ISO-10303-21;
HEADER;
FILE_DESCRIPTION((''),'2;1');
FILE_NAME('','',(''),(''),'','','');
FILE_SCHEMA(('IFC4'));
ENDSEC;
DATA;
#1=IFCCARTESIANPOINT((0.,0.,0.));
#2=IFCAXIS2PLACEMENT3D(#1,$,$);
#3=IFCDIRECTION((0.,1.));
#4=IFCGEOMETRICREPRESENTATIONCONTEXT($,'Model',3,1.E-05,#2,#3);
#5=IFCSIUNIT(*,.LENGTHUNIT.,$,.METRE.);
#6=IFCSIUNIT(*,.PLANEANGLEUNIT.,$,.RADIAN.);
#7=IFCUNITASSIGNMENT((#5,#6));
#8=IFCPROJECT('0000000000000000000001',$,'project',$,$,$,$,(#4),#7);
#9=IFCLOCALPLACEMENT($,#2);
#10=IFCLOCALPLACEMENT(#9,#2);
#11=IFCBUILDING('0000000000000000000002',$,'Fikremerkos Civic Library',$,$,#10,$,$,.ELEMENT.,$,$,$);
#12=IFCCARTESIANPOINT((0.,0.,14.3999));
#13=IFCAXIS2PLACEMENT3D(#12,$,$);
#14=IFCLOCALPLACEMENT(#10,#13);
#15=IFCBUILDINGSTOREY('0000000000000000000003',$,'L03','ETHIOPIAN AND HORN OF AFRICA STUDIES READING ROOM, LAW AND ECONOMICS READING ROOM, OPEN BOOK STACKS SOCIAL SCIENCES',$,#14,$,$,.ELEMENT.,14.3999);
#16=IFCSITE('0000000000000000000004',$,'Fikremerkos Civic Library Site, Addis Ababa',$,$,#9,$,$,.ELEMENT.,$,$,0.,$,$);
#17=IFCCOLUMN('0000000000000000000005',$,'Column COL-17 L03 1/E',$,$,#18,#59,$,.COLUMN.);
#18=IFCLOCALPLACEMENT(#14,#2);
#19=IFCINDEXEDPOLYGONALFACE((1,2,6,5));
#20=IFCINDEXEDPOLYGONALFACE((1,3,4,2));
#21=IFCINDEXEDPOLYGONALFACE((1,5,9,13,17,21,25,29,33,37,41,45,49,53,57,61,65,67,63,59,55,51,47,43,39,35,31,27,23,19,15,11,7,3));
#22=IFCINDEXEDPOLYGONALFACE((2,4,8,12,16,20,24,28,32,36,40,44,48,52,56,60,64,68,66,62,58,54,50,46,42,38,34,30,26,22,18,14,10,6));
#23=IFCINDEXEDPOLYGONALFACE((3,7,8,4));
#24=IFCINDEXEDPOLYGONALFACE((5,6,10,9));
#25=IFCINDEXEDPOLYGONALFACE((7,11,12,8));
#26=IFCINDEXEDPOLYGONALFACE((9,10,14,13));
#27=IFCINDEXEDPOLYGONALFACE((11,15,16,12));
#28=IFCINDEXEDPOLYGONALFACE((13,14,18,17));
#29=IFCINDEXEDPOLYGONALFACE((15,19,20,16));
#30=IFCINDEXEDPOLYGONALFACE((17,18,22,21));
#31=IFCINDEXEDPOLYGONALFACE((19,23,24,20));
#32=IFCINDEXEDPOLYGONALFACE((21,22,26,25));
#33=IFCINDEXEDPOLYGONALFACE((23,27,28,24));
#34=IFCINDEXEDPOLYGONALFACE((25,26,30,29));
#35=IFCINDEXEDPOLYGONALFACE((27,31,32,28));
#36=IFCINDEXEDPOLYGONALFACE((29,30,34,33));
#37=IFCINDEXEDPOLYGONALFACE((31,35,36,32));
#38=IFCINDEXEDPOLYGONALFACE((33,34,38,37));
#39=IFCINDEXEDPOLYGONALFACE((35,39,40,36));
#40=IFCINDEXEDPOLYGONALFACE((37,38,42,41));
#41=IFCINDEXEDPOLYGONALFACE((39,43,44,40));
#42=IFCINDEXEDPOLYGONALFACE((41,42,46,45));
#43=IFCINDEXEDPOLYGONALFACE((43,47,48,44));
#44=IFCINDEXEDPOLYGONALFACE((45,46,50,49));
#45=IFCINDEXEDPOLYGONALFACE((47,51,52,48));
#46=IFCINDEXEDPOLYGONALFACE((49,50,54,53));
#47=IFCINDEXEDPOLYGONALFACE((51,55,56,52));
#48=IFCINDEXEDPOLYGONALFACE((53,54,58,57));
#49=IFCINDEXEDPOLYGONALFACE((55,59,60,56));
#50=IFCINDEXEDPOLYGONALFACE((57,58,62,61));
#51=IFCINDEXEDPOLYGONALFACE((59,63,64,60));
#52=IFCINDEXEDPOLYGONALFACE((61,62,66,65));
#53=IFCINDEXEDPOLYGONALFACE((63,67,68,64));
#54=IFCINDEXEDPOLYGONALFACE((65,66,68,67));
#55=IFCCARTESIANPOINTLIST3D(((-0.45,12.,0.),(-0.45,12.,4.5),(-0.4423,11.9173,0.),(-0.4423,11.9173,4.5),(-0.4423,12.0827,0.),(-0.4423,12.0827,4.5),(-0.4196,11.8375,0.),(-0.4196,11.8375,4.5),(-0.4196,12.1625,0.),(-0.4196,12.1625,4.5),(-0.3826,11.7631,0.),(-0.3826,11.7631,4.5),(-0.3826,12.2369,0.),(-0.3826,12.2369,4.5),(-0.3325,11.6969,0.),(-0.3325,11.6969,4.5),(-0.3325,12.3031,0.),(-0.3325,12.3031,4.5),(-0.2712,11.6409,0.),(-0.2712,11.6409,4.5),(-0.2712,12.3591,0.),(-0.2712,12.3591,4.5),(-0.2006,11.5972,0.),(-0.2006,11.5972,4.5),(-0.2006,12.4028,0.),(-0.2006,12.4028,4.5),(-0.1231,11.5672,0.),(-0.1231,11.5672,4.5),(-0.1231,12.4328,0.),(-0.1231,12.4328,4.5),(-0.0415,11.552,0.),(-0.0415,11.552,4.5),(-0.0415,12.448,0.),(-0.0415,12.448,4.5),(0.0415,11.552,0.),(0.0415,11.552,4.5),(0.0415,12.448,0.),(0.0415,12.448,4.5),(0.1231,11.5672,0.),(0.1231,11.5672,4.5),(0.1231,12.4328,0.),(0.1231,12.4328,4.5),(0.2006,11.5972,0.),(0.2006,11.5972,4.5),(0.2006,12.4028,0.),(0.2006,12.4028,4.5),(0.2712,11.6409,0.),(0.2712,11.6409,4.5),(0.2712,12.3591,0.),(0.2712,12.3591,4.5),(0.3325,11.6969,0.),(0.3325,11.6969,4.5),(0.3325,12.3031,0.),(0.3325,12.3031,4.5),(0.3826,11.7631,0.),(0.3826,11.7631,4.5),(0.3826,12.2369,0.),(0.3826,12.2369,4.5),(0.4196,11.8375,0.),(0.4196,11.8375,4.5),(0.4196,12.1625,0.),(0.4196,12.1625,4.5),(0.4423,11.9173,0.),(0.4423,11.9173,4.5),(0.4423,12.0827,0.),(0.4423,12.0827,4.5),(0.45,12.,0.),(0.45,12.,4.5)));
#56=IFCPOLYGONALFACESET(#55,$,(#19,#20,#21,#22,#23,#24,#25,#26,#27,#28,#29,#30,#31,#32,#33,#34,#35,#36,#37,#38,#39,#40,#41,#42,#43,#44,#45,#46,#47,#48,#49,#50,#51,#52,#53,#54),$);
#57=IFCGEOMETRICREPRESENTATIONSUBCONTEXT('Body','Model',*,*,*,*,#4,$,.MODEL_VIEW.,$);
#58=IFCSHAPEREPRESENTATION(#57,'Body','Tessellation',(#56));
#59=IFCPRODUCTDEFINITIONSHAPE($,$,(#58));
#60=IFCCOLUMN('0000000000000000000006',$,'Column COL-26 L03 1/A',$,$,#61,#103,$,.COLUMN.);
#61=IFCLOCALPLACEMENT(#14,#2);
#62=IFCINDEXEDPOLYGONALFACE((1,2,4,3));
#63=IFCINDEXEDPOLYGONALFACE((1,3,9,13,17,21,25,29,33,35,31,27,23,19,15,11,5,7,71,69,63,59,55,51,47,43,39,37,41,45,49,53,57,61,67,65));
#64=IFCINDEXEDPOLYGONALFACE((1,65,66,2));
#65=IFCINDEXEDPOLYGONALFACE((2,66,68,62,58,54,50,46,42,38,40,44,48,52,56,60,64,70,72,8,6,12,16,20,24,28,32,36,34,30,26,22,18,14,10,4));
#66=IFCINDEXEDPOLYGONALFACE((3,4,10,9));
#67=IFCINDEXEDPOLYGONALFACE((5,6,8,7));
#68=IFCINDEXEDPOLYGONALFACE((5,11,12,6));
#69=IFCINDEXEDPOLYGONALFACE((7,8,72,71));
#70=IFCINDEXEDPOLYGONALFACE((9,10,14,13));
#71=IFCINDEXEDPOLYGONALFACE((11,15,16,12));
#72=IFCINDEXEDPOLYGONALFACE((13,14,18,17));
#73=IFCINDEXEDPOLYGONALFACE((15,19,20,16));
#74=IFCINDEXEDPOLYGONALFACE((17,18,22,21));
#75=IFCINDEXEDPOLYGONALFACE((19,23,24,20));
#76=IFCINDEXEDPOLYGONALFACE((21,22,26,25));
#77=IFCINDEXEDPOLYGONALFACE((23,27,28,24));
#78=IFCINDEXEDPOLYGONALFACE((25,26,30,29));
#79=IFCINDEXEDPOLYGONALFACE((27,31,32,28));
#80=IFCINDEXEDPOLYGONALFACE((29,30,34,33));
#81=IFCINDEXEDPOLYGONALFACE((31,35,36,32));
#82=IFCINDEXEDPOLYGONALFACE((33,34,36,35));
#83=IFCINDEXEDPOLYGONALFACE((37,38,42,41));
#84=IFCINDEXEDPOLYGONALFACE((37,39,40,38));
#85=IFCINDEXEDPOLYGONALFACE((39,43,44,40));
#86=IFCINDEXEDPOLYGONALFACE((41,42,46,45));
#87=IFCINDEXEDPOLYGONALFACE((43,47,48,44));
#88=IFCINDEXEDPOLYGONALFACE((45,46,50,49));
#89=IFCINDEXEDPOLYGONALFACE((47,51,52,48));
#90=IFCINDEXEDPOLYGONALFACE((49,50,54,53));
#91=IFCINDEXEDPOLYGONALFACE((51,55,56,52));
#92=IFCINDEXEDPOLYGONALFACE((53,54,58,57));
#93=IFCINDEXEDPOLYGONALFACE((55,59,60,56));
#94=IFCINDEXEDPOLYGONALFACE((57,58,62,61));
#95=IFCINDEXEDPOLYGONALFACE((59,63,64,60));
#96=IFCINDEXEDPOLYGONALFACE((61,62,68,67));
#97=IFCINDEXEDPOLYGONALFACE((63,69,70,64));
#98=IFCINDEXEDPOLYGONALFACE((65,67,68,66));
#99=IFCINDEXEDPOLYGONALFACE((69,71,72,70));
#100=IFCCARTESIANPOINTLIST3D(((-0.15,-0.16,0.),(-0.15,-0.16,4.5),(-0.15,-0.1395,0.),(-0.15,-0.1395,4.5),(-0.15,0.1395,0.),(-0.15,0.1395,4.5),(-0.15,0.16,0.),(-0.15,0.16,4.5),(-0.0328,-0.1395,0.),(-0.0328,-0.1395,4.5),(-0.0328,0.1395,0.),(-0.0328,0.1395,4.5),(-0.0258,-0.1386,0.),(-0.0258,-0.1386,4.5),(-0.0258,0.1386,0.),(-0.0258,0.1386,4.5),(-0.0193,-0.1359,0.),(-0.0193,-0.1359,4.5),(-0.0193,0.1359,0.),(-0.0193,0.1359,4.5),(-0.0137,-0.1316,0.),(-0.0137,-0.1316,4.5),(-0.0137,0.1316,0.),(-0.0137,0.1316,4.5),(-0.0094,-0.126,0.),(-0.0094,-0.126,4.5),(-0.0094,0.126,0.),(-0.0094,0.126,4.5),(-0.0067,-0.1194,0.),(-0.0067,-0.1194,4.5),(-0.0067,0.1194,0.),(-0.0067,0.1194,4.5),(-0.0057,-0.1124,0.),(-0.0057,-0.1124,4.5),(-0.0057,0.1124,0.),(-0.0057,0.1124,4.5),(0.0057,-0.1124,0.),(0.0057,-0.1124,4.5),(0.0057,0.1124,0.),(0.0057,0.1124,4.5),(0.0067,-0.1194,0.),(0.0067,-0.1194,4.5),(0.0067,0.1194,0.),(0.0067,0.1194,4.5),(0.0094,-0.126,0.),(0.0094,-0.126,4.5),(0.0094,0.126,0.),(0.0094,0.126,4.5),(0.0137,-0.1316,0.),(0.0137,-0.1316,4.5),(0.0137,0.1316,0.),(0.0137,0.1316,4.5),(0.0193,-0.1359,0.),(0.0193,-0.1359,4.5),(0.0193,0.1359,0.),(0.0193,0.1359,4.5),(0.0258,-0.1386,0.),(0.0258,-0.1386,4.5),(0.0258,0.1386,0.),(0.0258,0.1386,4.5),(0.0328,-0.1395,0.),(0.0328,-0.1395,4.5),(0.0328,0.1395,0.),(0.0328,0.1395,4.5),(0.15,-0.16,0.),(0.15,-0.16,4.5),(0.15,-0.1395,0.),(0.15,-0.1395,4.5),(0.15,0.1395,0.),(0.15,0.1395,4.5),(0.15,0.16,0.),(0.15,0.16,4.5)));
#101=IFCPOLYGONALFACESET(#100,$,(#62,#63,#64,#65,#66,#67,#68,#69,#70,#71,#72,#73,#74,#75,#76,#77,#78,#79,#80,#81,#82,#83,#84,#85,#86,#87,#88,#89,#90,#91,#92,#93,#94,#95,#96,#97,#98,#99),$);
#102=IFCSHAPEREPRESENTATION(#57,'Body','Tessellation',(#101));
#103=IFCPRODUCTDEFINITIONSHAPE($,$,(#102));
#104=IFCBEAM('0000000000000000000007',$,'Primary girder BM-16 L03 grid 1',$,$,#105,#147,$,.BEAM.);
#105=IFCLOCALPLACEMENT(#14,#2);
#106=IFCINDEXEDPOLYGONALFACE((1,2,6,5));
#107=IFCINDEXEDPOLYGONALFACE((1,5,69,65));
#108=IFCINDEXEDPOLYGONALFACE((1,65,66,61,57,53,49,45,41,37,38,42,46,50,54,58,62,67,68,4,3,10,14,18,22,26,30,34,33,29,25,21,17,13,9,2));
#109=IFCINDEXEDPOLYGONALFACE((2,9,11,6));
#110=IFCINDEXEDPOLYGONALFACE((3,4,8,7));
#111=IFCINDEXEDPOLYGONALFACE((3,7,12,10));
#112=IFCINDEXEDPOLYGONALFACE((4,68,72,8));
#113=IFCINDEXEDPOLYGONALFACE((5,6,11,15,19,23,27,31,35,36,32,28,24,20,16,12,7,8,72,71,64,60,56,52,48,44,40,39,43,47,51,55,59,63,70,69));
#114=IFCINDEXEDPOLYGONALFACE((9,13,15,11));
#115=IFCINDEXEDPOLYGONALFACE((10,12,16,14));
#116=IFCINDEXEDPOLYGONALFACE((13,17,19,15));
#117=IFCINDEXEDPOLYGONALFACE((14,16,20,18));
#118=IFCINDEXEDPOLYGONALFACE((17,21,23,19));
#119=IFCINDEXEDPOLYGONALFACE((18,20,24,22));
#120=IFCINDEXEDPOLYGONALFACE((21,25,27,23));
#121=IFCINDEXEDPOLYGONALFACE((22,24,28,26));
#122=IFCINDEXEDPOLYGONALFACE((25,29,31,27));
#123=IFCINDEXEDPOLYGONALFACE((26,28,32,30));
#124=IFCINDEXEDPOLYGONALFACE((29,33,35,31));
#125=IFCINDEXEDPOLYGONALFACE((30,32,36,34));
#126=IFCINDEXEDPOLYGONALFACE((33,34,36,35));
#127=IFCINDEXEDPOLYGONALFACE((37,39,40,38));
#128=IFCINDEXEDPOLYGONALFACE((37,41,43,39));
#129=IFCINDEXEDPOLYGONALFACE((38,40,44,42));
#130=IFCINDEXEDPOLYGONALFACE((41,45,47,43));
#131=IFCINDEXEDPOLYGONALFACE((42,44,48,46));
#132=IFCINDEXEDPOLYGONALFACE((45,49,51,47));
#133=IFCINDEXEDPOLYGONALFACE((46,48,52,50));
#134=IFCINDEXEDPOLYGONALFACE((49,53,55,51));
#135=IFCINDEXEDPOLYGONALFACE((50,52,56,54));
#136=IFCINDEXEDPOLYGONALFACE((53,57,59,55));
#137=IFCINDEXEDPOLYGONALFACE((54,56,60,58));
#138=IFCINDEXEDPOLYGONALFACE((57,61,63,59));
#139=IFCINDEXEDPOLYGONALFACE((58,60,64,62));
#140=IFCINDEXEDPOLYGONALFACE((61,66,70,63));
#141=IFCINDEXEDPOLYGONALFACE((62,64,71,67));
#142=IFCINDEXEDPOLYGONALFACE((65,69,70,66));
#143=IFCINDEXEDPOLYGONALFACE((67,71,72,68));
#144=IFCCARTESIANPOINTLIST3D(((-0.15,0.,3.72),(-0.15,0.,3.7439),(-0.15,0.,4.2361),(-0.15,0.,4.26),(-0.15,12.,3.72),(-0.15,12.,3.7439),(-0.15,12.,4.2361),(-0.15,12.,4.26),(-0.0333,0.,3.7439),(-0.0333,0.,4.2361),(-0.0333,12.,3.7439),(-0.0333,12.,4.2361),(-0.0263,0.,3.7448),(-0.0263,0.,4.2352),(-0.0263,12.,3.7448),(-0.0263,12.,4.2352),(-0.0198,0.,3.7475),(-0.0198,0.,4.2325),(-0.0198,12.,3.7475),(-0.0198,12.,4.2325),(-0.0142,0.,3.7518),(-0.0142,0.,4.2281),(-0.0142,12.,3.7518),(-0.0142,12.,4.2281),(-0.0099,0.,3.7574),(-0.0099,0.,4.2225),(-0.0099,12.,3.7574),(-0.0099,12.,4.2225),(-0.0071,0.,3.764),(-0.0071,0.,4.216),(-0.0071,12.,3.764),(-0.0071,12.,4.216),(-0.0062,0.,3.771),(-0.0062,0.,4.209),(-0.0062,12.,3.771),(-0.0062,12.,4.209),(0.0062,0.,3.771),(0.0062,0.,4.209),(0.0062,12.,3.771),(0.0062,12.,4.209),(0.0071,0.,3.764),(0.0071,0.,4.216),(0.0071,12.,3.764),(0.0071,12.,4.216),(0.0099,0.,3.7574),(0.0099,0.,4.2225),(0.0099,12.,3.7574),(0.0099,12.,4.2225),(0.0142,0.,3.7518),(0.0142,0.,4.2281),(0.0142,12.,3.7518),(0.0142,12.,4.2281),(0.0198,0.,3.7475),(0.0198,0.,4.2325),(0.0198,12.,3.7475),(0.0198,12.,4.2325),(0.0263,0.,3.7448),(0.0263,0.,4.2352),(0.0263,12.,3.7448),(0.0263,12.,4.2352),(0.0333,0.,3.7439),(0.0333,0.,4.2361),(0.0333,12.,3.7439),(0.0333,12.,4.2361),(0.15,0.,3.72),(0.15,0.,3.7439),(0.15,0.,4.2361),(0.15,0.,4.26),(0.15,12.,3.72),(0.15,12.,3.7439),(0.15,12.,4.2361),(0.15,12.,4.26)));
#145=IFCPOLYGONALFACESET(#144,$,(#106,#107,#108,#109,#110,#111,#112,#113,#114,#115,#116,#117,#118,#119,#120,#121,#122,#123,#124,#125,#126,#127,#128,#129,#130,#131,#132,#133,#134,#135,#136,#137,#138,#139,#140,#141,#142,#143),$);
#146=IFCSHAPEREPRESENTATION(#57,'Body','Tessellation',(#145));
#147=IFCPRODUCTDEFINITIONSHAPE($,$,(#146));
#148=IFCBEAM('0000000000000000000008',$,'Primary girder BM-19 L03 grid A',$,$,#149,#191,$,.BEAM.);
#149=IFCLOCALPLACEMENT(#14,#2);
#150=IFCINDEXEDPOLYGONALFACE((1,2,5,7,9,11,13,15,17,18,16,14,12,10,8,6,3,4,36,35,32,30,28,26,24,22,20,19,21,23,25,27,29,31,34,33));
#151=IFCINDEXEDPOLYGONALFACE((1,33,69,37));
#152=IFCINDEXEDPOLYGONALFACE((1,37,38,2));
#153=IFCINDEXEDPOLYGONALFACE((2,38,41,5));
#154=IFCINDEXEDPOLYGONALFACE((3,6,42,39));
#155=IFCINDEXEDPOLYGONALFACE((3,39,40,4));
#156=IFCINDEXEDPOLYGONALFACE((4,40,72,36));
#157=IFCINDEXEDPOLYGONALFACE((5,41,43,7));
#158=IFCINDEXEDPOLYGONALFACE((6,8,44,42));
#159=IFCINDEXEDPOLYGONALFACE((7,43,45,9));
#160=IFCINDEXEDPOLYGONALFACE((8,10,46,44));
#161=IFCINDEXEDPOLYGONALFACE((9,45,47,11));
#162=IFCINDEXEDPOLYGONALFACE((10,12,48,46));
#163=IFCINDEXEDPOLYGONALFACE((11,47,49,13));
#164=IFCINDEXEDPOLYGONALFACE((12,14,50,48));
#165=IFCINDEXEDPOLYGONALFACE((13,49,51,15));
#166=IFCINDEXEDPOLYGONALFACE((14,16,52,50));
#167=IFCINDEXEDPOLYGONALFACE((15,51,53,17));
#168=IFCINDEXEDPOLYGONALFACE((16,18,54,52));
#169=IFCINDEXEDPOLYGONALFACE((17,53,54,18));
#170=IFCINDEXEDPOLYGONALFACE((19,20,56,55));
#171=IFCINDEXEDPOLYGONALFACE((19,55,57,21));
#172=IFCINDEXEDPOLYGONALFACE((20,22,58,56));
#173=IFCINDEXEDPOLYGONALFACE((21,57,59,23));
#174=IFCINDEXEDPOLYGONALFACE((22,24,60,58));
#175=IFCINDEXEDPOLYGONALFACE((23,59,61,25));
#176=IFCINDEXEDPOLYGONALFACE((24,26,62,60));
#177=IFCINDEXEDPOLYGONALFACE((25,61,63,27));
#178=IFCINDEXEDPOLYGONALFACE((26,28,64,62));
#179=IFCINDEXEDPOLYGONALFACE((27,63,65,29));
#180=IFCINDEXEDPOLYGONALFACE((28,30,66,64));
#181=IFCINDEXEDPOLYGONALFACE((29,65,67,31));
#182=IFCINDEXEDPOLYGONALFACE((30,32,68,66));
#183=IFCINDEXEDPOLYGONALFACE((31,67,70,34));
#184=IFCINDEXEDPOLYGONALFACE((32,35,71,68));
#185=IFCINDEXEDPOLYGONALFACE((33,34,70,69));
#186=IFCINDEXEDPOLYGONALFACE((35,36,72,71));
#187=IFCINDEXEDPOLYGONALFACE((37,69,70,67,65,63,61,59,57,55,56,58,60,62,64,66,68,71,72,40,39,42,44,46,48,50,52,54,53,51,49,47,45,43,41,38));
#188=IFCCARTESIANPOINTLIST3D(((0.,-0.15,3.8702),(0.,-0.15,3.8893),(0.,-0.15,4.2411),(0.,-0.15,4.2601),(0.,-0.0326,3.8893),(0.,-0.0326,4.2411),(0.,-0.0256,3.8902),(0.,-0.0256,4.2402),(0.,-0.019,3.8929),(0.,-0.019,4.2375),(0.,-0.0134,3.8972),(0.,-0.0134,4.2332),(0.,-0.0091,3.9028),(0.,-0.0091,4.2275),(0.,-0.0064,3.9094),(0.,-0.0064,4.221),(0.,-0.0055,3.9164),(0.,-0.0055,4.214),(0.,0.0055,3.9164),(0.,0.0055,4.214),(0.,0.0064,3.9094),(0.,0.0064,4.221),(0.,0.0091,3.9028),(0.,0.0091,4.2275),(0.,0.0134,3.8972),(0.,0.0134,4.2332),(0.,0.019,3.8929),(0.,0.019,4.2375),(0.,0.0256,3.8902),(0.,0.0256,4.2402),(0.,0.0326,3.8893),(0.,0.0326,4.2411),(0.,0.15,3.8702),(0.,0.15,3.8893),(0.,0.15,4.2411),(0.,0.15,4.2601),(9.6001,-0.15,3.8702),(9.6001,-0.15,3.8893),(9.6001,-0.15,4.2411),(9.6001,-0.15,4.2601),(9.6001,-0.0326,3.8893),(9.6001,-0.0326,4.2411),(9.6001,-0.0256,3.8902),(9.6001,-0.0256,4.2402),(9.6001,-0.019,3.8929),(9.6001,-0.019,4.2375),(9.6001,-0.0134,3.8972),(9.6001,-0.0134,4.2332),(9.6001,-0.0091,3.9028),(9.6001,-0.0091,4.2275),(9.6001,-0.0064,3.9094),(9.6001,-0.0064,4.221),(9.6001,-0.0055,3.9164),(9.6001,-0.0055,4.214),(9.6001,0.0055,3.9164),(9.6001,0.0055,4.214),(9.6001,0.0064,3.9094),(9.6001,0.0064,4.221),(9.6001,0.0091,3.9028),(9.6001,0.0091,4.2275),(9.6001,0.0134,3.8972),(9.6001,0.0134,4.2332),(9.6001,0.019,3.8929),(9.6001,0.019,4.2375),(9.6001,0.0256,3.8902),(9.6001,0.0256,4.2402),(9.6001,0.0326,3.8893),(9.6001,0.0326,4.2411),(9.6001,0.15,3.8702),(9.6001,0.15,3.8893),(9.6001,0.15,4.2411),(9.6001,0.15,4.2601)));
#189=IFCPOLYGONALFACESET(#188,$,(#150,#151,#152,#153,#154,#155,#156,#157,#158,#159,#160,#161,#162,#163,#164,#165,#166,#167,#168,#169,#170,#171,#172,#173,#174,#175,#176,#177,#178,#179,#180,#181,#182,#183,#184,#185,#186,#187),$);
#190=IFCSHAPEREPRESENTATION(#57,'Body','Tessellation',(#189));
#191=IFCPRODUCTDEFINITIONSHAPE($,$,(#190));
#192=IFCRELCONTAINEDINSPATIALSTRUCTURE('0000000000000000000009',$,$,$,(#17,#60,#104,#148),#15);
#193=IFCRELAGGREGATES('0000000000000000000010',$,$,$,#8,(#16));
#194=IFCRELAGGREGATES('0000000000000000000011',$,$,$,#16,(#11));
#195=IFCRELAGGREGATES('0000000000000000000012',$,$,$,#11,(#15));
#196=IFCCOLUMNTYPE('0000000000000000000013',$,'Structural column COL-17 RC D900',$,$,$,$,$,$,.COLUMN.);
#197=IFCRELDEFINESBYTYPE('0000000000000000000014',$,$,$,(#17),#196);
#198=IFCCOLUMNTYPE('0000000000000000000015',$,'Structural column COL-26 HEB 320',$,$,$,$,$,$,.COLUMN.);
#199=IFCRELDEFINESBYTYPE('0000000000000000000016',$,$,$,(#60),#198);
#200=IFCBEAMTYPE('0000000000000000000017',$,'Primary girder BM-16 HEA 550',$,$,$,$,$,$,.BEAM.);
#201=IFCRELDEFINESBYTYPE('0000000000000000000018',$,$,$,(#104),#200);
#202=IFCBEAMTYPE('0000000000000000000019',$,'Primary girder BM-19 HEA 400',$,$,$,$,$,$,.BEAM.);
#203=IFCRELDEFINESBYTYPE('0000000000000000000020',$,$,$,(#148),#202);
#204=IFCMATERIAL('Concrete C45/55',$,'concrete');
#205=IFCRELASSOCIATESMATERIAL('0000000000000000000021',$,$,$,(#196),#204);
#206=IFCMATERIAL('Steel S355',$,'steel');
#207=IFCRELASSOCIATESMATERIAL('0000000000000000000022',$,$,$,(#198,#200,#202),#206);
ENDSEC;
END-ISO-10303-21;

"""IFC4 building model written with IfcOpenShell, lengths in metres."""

from ifc_helpers import new_model, si_unit, direction, frame, origin, origin_with_axes, origin_2d, place, context, subcontext, project, spatial, circle, i_section, extrude, material, material_profile, profile_set, type_object, element, save


model = new_model("IFC4")

# Units and contexts
model_context = context("Model", 3, precision=1e-05, world=origin(), true_north=direction((0.0, 1.0)))
body_context = subcontext(model_context, "Body", "Model", "MODEL_VIEW")
ifc_project = project(units=[si_unit("LENGTHUNIT", "METRE"), si_unit("PLANEANGLEUNIT", "RADIAN")], contexts=[model_context])

# Site, building, storey
site_placement = place(None, origin())
site = spatial("IfcSite", under=ifc_project, at=site_placement, Name="Fikremerkos Civic Library Site, Addis Ababa", CompositionType="ELEMENT", RefElevation=0.0)
building_placement = place(site_placement, origin())
building = spatial("IfcBuilding", under=site, at=building_placement, Name="Fikremerkos Civic Library", CompositionType="ELEMENT")
storey_placement = place(building_placement, frame((0.0, 0.0, 14.3999)))
storey = spatial("IfcBuildingStorey", under=building, at=storey_placement, Name="L03", Description="ETHIOPIAN AND HORN OF AFRICA STUDIES READING ROOM, LAW AND ECONOMICS READING ROOM, OPEN BOOK STACKS SOCIAL SCIENCES", CompositionType="ELEMENT", Elevation=14.3999)

# Columns
ifc_material_1 = material(Name="Concrete C45/55", Category="concrete")
ifc_material_profile_1 = material_profile(ifc_material_1, circle(Radius=0.45, at=origin_2d()), Name="RC D900")
ifc_profile_set_1 = profile_set([ifc_material_profile_1], Name="Concrete C45/55")
column_type_1 = type_object("IfcColumnType", Name="Structural column COL-17 RC D900", PredefinedType="COLUMN", material=ifc_profile_set_1)
column_1_placement = place(storey_placement, frame((0.0, 12.0, 0.0), z_axis=(0.0, 0.0, 1.0), x_axis=(1.0, 0.0, 0.0)))
element("IfcColumn", 1, at=column_1_placement, inside=storey, type_object=column_type_1, Name="Column COL-17 L03 1/E", PredefinedType="COLUMN", context=body_context, shape_type="SweptSolid", body=[
    extrude(circle(Radius=0.45, at=origin_2d()), origin(), (0.0, 0.0, 1.0), 4.5),
])
ifc_material_2 = material(Name="Steel S355", Category="steel")
ifc_material_profile_2 = material_profile(ifc_material_2, i_section(OverallWidth=0.3, OverallDepth=0.3201, WebThickness=0.0115, FlangeThickness=0.0205, FilletRadius=0.0271, at=origin_2d()), Name="HEB 320")
ifc_profile_set_2 = profile_set([ifc_material_profile_2], Name="Steel S355")
column_type_2 = type_object("IfcColumnType", Name="Structural column COL-26 HEB 320", PredefinedType="COLUMN", material=ifc_profile_set_2)
column_2_placement = place(storey_placement, origin_with_axes())
element("IfcColumn", 2, at=column_2_placement, inside=storey, type_object=column_type_2, Name="Column COL-26 L03 1/A", PredefinedType="COLUMN", context=body_context, shape_type="SweptSolid", body=[
    extrude(i_section(OverallWidth=0.3, OverallDepth=0.3201, WebThickness=0.0115, FlangeThickness=0.0205, FilletRadius=0.0271, at=origin_2d()), origin(), (0.0, 0.0, 1.0), 4.5),
])

# Beams
ifc_material_profile_3 = material_profile(ifc_material_2, i_section(OverallWidth=0.3, OverallDepth=0.54, WebThickness=0.0125, FlangeThickness=0.0239, FilletRadius=0.0271, at=origin_2d()), Name="HEA 550")
ifc_profile_set_3 = profile_set([ifc_material_profile_3], Name="Steel S355")
beam_type_1 = type_object("IfcBeamType", Name="Primary girder BM-16 HEA 550", PredefinedType="BEAM", material=ifc_profile_set_3)
beam_1_placement = place(storey_placement, frame((0.0, 0.0, 3.99), z_axis=(0.0, 1.0, 0.0), x_axis=(-1.0, 0.0, 0.0)))
element("IfcBeam", 3, at=beam_1_placement, inside=storey, type_object=beam_type_1, Name="Primary girder BM-16 L03 grid 1", PredefinedType="BEAM", context=body_context, shape_type="SweptSolid", body=[
    extrude(i_section(OverallWidth=0.3, OverallDepth=0.54, WebThickness=0.0125, FlangeThickness=0.0239, FilletRadius=0.0271, at=origin_2d()), origin(), (0.0, 0.0, 1.0), 12.0),
])
ifc_material_profile_4 = material_profile(ifc_material_2, i_section(OverallWidth=0.3, OverallDepth=0.3899, WebThickness=0.011, FlangeThickness=0.019, FilletRadius=0.0271, at=origin_2d()), Name="HEA 400")
ifc_profile_set_4 = profile_set([ifc_material_profile_4], Name="Steel S355")
beam_type_2 = type_object("IfcBeamType", Name="Primary girder BM-19 HEA 400", PredefinedType="BEAM", material=ifc_profile_set_4)
beam_2_placement = place(storey_placement, frame((0.0, 0.0, 4.0652), z_axis=(1.0, 0.0, 0.0), x_axis=(0.0, 1.0, 0.0)))
element("IfcBeam", 4, at=beam_2_placement, inside=storey, type_object=beam_type_2, Name="Primary girder BM-19 L03 grid A", PredefinedType="BEAM", context=body_context, shape_type="SweptSolid", body=[
    extrude(i_section(OverallWidth=0.3, OverallDepth=0.3899, WebThickness=0.011, FlangeThickness=0.019, FilletRadius=0.0271, at=origin_2d()), origin(), (0.0, 0.0, 1.0), 9.6001),
])

save(model, "model.ifc")
